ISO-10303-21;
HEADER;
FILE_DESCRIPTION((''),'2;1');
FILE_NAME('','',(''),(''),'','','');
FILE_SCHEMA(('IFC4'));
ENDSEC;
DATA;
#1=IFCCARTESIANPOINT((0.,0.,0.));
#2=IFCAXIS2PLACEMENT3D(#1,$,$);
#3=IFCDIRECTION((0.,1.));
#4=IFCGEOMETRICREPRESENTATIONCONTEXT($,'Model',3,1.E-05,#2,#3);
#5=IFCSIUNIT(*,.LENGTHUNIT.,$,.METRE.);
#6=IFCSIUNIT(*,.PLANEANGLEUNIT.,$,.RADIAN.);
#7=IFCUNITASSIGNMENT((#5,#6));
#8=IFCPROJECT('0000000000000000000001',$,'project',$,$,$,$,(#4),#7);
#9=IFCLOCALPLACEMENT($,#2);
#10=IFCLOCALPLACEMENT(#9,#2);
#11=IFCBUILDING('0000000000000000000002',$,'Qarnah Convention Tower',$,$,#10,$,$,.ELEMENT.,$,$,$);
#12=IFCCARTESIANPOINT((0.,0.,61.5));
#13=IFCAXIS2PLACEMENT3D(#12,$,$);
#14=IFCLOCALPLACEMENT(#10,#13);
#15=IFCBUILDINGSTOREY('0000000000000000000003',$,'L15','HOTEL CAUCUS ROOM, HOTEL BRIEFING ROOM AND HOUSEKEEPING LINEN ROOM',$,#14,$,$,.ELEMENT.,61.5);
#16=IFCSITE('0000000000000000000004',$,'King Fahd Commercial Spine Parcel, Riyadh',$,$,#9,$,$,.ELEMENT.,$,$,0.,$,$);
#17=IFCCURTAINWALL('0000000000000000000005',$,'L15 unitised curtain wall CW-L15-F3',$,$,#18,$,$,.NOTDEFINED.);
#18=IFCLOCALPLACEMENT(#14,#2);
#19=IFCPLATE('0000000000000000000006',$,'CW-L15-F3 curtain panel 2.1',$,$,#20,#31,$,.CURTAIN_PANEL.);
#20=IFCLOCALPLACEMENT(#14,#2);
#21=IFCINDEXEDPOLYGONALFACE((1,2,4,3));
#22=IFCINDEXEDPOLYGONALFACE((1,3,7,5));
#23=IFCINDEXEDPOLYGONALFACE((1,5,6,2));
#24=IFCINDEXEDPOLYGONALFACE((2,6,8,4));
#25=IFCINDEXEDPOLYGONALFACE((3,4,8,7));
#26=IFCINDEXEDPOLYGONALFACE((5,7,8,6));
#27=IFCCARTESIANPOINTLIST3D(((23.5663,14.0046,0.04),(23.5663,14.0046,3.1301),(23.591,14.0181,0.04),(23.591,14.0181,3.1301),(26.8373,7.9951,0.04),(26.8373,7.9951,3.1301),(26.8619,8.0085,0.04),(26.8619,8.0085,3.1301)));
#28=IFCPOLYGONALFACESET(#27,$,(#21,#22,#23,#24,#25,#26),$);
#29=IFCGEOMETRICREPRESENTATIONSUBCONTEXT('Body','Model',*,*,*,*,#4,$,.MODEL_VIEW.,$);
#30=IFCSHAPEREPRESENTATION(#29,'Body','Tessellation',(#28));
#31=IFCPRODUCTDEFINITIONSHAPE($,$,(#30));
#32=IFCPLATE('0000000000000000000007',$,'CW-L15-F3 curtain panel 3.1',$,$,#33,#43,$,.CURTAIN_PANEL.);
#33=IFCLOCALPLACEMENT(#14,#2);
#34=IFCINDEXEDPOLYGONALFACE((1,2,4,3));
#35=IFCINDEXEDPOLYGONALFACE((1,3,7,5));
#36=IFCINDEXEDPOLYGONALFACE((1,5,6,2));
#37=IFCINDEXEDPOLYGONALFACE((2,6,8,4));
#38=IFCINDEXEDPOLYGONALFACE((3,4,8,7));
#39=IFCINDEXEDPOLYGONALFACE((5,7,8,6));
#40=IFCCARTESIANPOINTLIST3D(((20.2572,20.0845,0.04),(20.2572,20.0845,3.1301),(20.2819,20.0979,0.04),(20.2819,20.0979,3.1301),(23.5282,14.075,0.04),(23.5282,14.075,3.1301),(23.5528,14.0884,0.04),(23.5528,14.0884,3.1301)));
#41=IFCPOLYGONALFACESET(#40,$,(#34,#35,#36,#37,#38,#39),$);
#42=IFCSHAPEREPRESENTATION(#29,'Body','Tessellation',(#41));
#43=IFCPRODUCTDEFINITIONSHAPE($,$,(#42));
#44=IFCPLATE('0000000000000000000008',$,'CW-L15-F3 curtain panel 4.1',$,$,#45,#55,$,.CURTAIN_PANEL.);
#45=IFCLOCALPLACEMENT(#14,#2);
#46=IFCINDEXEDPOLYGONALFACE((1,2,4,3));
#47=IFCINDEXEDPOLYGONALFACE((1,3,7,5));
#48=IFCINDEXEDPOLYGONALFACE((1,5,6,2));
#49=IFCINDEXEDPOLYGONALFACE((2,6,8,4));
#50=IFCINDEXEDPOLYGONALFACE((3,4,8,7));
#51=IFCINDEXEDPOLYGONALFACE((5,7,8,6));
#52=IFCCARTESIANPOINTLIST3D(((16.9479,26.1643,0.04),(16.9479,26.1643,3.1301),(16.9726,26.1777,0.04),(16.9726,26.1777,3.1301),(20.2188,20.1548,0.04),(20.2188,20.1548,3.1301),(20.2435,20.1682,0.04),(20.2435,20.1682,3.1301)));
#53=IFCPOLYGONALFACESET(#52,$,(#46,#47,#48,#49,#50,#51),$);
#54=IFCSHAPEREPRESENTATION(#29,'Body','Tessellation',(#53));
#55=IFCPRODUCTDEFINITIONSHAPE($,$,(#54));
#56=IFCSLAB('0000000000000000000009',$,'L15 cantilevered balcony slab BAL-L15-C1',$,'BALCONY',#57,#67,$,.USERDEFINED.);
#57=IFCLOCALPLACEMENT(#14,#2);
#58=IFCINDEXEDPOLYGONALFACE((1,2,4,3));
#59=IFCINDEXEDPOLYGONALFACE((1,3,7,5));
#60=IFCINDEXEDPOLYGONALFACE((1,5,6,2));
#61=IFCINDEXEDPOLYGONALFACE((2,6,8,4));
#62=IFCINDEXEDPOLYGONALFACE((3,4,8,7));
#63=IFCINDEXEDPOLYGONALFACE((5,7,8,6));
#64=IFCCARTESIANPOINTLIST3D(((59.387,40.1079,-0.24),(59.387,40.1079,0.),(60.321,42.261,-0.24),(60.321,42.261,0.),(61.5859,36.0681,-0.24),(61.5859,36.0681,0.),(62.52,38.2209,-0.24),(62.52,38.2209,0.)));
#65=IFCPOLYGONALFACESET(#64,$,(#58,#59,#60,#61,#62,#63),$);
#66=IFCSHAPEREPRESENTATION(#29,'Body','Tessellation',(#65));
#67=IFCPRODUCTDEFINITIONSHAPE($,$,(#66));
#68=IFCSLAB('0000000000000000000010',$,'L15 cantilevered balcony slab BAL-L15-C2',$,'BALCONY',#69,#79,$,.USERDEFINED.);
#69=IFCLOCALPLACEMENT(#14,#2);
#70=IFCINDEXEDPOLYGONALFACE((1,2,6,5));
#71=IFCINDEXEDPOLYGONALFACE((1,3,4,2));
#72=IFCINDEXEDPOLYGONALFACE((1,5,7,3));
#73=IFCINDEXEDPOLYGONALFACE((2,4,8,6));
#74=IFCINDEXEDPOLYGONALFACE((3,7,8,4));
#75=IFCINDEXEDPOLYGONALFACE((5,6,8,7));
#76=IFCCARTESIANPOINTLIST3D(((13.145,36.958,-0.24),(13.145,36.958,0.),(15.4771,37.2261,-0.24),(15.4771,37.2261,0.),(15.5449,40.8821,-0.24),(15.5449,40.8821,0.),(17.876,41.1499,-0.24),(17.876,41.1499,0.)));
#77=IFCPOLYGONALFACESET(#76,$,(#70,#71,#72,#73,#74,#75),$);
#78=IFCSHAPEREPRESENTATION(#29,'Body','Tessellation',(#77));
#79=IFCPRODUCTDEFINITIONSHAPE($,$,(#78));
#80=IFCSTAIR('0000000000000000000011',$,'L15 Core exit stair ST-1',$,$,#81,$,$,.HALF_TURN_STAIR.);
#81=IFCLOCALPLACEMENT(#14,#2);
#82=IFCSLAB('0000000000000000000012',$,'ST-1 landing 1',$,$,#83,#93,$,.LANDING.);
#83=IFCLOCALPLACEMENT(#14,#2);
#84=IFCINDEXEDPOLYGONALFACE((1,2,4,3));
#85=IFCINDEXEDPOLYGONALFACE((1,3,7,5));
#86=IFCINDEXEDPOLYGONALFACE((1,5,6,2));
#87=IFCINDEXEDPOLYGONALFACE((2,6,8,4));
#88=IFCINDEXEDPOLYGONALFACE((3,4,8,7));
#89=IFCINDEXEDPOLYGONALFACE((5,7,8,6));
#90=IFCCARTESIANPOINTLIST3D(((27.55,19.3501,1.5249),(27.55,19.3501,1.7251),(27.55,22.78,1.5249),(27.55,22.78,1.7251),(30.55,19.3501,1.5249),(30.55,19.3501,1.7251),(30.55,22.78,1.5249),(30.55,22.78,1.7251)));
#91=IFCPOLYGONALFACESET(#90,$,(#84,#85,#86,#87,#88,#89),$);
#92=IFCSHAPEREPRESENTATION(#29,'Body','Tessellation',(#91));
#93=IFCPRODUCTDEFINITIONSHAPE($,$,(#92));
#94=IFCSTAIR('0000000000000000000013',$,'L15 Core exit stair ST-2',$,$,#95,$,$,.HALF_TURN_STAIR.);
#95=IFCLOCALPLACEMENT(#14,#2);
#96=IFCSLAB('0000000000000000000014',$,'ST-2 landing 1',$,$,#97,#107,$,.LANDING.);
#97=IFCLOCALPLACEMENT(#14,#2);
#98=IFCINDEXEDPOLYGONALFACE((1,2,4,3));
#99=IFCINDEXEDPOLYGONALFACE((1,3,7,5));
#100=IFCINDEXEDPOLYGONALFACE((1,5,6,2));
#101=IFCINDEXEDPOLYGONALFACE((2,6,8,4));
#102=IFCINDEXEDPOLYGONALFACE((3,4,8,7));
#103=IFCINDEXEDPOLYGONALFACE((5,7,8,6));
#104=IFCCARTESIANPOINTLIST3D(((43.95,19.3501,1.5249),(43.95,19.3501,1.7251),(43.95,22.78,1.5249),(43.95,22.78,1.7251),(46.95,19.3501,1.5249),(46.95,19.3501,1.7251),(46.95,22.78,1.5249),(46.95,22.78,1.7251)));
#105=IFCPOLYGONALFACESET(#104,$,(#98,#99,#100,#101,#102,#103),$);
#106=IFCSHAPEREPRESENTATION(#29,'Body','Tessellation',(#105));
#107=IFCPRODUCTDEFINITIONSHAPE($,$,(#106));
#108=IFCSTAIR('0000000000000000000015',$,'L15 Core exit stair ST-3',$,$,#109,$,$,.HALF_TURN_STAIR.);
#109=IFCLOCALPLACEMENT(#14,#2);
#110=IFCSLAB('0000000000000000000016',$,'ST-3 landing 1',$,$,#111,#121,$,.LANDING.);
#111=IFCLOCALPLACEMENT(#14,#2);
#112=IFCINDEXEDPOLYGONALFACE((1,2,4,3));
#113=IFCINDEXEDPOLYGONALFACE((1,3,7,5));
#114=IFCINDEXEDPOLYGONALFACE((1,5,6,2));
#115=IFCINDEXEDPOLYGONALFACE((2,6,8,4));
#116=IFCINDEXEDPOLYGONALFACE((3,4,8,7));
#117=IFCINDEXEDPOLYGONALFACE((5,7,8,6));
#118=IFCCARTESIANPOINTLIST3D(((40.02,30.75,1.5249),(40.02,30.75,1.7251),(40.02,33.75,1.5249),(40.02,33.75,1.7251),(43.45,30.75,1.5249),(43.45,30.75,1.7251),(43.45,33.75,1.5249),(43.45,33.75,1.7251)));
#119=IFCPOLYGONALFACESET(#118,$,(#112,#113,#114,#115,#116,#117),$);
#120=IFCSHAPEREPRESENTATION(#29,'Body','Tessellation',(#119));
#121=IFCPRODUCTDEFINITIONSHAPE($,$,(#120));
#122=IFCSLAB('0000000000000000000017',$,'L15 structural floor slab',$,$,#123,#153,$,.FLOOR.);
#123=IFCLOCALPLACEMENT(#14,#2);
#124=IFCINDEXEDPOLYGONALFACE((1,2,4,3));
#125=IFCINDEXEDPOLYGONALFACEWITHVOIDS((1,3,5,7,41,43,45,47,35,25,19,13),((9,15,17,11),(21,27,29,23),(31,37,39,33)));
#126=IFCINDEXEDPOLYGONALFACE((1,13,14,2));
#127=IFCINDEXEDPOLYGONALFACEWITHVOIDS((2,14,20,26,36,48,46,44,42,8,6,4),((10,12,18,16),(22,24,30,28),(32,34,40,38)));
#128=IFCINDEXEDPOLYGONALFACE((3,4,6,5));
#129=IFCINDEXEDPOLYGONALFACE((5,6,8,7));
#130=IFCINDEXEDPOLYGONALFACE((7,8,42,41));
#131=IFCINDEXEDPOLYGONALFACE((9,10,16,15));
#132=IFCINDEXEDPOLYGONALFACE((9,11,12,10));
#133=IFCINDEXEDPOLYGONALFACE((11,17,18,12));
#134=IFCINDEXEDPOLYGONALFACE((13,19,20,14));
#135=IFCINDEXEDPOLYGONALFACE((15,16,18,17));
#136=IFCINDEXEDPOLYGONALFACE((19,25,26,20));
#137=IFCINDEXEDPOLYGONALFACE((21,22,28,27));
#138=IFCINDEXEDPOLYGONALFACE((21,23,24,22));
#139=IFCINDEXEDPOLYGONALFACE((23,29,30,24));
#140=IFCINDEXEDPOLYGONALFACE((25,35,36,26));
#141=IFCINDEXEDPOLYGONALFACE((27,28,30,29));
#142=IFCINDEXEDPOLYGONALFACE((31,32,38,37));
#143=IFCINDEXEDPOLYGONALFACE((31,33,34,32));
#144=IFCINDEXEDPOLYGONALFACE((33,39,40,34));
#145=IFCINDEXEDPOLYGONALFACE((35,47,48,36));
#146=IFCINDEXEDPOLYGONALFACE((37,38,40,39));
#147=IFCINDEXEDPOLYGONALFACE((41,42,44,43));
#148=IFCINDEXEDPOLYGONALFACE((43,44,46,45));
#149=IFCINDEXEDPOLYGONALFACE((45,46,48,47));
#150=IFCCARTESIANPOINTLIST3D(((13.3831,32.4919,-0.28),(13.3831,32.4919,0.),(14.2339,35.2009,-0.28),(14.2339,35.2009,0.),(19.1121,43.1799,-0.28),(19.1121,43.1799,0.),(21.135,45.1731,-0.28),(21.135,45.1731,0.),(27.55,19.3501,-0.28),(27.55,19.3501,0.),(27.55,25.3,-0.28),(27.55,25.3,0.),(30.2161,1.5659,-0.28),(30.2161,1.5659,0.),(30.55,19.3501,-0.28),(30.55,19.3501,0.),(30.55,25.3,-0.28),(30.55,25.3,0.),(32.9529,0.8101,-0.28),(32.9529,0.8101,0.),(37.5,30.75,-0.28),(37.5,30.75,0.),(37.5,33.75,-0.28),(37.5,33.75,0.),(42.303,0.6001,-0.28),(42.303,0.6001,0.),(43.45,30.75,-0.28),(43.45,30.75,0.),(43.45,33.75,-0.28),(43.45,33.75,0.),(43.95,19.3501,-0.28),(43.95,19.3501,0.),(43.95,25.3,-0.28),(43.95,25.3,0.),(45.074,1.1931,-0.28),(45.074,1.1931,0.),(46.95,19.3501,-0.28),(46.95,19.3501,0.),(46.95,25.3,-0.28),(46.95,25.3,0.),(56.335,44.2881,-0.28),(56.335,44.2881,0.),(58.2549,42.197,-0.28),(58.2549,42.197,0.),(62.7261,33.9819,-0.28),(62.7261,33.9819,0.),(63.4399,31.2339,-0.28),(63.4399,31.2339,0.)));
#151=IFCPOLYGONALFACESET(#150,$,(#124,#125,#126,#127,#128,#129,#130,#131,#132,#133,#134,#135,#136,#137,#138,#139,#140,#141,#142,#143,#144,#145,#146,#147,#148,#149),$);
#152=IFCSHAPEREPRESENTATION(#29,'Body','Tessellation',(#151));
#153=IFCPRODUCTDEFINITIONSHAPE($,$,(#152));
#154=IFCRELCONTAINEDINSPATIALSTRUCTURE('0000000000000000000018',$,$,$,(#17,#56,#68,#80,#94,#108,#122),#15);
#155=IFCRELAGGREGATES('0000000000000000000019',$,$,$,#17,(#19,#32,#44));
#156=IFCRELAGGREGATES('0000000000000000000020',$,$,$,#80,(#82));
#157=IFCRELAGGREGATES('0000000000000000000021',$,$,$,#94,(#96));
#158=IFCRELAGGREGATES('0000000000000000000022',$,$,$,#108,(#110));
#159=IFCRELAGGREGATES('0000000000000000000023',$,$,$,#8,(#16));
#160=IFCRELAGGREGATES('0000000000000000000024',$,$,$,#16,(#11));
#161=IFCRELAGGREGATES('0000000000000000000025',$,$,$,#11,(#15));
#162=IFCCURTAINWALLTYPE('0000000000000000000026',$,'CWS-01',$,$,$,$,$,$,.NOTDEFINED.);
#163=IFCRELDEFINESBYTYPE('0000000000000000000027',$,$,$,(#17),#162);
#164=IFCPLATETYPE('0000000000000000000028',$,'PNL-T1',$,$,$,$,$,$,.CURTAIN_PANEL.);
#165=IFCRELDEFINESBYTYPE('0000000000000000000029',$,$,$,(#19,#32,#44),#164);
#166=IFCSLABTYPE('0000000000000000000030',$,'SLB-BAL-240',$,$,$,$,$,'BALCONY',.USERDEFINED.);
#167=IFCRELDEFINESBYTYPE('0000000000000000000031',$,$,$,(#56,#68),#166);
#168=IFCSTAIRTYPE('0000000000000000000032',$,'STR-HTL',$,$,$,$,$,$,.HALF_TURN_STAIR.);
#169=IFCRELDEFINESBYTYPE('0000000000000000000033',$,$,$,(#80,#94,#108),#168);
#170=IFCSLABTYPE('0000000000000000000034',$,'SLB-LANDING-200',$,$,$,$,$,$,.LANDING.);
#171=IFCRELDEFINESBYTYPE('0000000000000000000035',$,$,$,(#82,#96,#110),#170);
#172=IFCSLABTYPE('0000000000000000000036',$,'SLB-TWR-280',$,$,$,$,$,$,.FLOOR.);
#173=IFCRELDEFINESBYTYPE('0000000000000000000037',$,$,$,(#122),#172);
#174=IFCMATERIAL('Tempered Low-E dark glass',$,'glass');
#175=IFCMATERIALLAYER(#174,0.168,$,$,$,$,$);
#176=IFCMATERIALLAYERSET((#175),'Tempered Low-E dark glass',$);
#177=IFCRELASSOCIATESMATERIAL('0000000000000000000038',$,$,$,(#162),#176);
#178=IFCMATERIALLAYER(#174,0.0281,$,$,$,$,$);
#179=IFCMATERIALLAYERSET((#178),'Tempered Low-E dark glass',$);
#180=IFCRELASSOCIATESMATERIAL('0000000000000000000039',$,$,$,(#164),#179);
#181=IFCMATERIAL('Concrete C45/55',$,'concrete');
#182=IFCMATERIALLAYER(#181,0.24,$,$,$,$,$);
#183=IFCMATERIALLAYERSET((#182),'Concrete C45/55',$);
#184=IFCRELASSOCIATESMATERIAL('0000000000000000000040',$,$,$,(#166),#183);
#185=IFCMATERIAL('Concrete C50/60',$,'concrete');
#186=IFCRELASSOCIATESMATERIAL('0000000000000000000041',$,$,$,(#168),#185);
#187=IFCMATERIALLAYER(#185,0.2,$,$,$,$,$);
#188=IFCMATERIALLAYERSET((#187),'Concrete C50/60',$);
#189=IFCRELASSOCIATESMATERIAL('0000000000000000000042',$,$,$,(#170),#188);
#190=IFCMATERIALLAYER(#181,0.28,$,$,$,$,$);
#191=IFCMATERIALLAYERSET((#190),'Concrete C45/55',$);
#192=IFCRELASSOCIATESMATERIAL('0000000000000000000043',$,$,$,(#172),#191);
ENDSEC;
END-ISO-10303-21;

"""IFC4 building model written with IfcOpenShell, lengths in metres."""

from ifc_helpers import new_model, si_unit, direction, frame, origin, origin_2d, place, context, subcontext, project, spatial, polyline, rectangle, outline, extrude, material, layer, layer_set, type_object, element, aggregate, save


model = new_model("IFC4")

# Units and contexts
model_context = context("Model", 3, precision=1e-05, world=origin(), true_north=direction((0.0, 1.0)))
body_context = subcontext(model_context, "Body", "Model", "MODEL_VIEW")
ifc_project = project(units=[si_unit("LENGTHUNIT", "METRE"), si_unit("PLANEANGLEUNIT", "RADIAN")], contexts=[model_context])

# Site, building, storey
site_placement = place(None, origin())
site = spatial("IfcSite", under=ifc_project, at=site_placement, Name="King Fahd Commercial Spine Parcel, Riyadh", CompositionType="ELEMENT", RefElevation=0.0)
building_placement = place(site_placement, origin())
building = spatial("IfcBuilding", under=site, at=building_placement, Name="Qarnah Convention Tower", CompositionType="ELEMENT")
storey_placement = place(building_placement, frame((0.0, 0.0, 61.5)))
storey = spatial("IfcBuildingStorey", under=building, at=storey_placement, Name="L15", Description="HOTEL CAUCUS ROOM, HOTEL BRIEFING ROOM AND HOUSEKEEPING LINEN ROOM", CompositionType="ELEMENT", Elevation=61.5)

# Curtain wall, plates
ifc_material_1 = material(Name="Tempered Low-E dark glass", Category="glass")
ifc_layer_1 = layer(ifc_material_1, 0.168)
ifc_layer_set_1 = layer_set([ifc_layer_1], Name="Tempered Low-E dark glass")
curtain_wall_type = type_object("IfcCurtainWallType", Name="CWS-01", PredefinedType="NOTDEFINED", material=ifc_layer_set_1)
curtain_wall_placement = place(storey_placement, origin())
curtain_wall = element("IfcCurtainWall", 1, at=curtain_wall_placement, inside=storey, type_object=curtain_wall_type, Name="L15 unitised curtain wall CW-L15-F3", PredefinedType="NOTDEFINED")
ifc_layer_2 = layer(ifc_material_1, 0.0281)
ifc_layer_set_2 = layer_set([ifc_layer_2], Name="Tempered Low-E dark glass")
plate_type = type_object("IfcPlateType", Name="PNL-T1", PredefinedType="CURTAIN_PANEL", material=ifc_layer_set_2)
plate_1_placement = place(storey_placement, frame((25.2141, 11.0066, 0.04), z_axis=(0.0, 0.0, 1.0), x_axis=(-0.478066, 0.878324, 0.0)))
plate_1 = element("IfcPlate", 2, at=plate_1_placement, type_object=plate_type, Name="CW-L15-F3 curtain panel 2.1", PredefinedType="CURTAIN_PANEL", context=body_context, shape_type="SweptSolid", body=[
    extrude(rectangle(XDim=6.842, YDim=0.0281, at=origin_2d()), origin(), (0.0, 0.0, 1.0), 3.0901),
])
plate_2_placement = place(storey_placement, frame((21.905, 17.0864, 0.04), z_axis=(0.0, 0.0, 1.0), x_axis=(-0.478066, 0.878324, 0.0)))
plate_2 = element("IfcPlate", 3, at=plate_2_placement, type_object=plate_type, Name="CW-L15-F3 curtain panel 3.1", PredefinedType="CURTAIN_PANEL", context=body_context, shape_type="SweptSolid", body=[
    extrude(rectangle(XDim=6.842, YDim=0.0281, at=origin_2d()), origin(), (0.0, 0.0, 1.0), 3.0901),
])
plate_3_placement = place(storey_placement, frame((18.5957, 23.1663, 0.04), z_axis=(0.0, 0.0, 1.0), x_axis=(-0.478066, 0.878324, 0.0)))
plate_3 = element("IfcPlate", 4, at=plate_3_placement, type_object=plate_type, Name="CW-L15-F3 curtain panel 4.1", PredefinedType="CURTAIN_PANEL", context=body_context, shape_type="SweptSolid", body=[
    extrude(rectangle(XDim=6.842, YDim=0.0281, at=origin_2d()), origin(), (0.0, 0.0, 1.0), 3.0901),
])
aggregate(curtain_wall, [plate_1, plate_2, plate_3])

# Slabs
ifc_material_2 = material(Name="Concrete C45/55", Category="concrete")
ifc_layer_3 = layer(ifc_material_2, 0.24)
ifc_layer_set_3 = layer_set([ifc_layer_3], Name="Concrete C45/55")
slab_type_1 = type_object("IfcSlabType", Name="SLB-BAL-240", ElementType="BALCONY", PredefinedType="USERDEFINED", material=ifc_layer_set_3)
slab_1_placement = place(storey_placement, frame((0.0, 0.0, -0.24)))
element("IfcSlab", 5, at=slab_1_placement, inside=storey, type_object=slab_type_1, Name="L15 cantilevered balcony slab BAL-L15-C1", ObjectType="BALCONY", PredefinedType="USERDEFINED", context=body_context, shape_type="SweptSolid", body=[
    extrude(outline(polyline([(60.321, 42.261), (62.52, 38.2209), (61.5859, 36.0681), (59.387, 40.1079), (60.321, 42.261)])), origin(), (0.0, 0.0, 1.0), 0.24),
])
slab_2_placement = place(storey_placement, frame((0.0, 0.0, -0.24)))
element("IfcSlab", 6, at=slab_2_placement, inside=storey, type_object=slab_type_1, Name="L15 cantilevered balcony slab BAL-L15-C2", ObjectType="BALCONY", PredefinedType="USERDEFINED", context=body_context, shape_type="SweptSolid", body=[
    extrude(outline(polyline([(13.145, 36.958), (15.5449, 40.8821), (17.876, 41.1499), (15.4771, 37.2261), (13.145, 36.958)])), origin(), (0.0, 0.0, 1.0), 0.24),
])

# Stairs, slabs
ifc_material_3 = material(Name="Concrete C50/60", Category="concrete")
stair_type = type_object("IfcStairType", Name="STR-HTL", PredefinedType="HALF_TURN_STAIR", material=ifc_material_3)
stair_1_placement = place(storey_placement, origin())
stair_1 = element("IfcStair", 7, at=stair_1_placement, inside=storey, type_object=stair_type, Name="L15 Core exit stair ST-1", PredefinedType="HALF_TURN_STAIR")
ifc_layer_4 = layer(ifc_material_3, 0.2)
ifc_layer_set_4 = layer_set([ifc_layer_4], Name="Concrete C50/60")
slab_type_2 = type_object("IfcSlabType", Name="SLB-LANDING-200", PredefinedType="LANDING", material=ifc_layer_set_4)
slab_3_placement = place(storey_placement, frame((0.0, 0.0, 1.5249)))
slab_3 = element("IfcSlab", 8, at=slab_3_placement, type_object=slab_type_2, Name="ST-1 landing 1", PredefinedType="LANDING", context=body_context, shape_type="SweptSolid", body=[
    extrude(outline(polyline([(27.55, 22.78), (27.55, 19.3501), (30.55, 19.3501), (30.55, 22.78), (27.55, 22.78)])), origin(), (0.0, 0.0, 1.0), 0.2002),
])
aggregate(stair_1, [slab_3])
stair_2_placement = place(storey_placement, origin())
stair_2 = element("IfcStair", 9, at=stair_2_placement, inside=storey, type_object=stair_type, Name="L15 Core exit stair ST-2", PredefinedType="HALF_TURN_STAIR")
slab_4_placement = place(storey_placement, frame((0.0, 0.0, 1.5249)))
slab_4 = element("IfcSlab", 10, at=slab_4_placement, type_object=slab_type_2, Name="ST-2 landing 1", PredefinedType="LANDING", context=body_context, shape_type="SweptSolid", body=[
    extrude(outline(polyline([(43.95, 22.78), (43.95, 19.3501), (46.95, 19.3501), (46.95, 22.78), (43.95, 22.78)])), origin(), (0.0, 0.0, 1.0), 0.2002),
])
aggregate(stair_2, [slab_4])
stair_3_placement = place(storey_placement, origin())
stair_3 = element("IfcStair", 11, at=stair_3_placement, inside=storey, type_object=stair_type, Name="L15 Core exit stair ST-3", PredefinedType="HALF_TURN_STAIR")
slab_5_placement = place(storey_placement, frame((0.0, 0.0, 1.5249)))
slab_5 = element("IfcSlab", 12, at=slab_5_placement, type_object=slab_type_2, Name="ST-3 landing 1", PredefinedType="LANDING", context=body_context, shape_type="SweptSolid", body=[
    extrude(outline(polyline([(40.02, 30.75), (43.45, 30.75), (43.45, 33.75), (40.02, 33.75), (40.02, 30.75)])), origin(), (0.0, 0.0, 1.0), 0.2002),
])
aggregate(stair_3, [slab_5])

# Slab
ifc_layer_5 = layer(ifc_material_2, 0.28)
ifc_layer_set_5 = layer_set([ifc_layer_5], Name="Concrete C45/55")
slab_type_3 = type_object("IfcSlabType", Name="SLB-TWR-280", PredefinedType="FLOOR", material=ifc_layer_set_5)
slab_6_placement = place(storey_placement, frame((0.0, 0.0, -0.28)))
element("IfcSlab", 13, at=slab_6_placement, inside=storey, type_object=slab_type_3, Name="L15 structural floor slab", PredefinedType="FLOOR", context=body_context, shape_type="SweptSolid", body=[
    extrude(outline(polyline([(56.335, 44.2881), (21.135, 45.1731), (19.1121, 43.1799), (14.2339, 35.2009), (13.3831, 32.4919), (30.2161, 1.5659), (32.9529, 0.8101), (42.303, 0.6001), (45.074, 1.1931), (63.4399, 31.2339), (62.7261, 33.9819), (58.2549, 42.197), (56.335, 44.2881)]), holes=[polyline([(27.55, 25.3), (27.55, 19.3501), (30.55, 19.3501), (30.55, 25.3), (27.55, 25.3)]), polyline([(43.95, 25.3), (43.95, 19.3501), (46.95, 19.3501), (46.95, 25.3), (43.95, 25.3)]), polyline([(37.5, 30.75), (43.45, 30.75), (43.45, 33.75), (37.5, 33.75), (37.5, 30.75)])]), origin(), (0.0, 0.0, 1.0), 0.28),
])

save(model, "model.ifc")
